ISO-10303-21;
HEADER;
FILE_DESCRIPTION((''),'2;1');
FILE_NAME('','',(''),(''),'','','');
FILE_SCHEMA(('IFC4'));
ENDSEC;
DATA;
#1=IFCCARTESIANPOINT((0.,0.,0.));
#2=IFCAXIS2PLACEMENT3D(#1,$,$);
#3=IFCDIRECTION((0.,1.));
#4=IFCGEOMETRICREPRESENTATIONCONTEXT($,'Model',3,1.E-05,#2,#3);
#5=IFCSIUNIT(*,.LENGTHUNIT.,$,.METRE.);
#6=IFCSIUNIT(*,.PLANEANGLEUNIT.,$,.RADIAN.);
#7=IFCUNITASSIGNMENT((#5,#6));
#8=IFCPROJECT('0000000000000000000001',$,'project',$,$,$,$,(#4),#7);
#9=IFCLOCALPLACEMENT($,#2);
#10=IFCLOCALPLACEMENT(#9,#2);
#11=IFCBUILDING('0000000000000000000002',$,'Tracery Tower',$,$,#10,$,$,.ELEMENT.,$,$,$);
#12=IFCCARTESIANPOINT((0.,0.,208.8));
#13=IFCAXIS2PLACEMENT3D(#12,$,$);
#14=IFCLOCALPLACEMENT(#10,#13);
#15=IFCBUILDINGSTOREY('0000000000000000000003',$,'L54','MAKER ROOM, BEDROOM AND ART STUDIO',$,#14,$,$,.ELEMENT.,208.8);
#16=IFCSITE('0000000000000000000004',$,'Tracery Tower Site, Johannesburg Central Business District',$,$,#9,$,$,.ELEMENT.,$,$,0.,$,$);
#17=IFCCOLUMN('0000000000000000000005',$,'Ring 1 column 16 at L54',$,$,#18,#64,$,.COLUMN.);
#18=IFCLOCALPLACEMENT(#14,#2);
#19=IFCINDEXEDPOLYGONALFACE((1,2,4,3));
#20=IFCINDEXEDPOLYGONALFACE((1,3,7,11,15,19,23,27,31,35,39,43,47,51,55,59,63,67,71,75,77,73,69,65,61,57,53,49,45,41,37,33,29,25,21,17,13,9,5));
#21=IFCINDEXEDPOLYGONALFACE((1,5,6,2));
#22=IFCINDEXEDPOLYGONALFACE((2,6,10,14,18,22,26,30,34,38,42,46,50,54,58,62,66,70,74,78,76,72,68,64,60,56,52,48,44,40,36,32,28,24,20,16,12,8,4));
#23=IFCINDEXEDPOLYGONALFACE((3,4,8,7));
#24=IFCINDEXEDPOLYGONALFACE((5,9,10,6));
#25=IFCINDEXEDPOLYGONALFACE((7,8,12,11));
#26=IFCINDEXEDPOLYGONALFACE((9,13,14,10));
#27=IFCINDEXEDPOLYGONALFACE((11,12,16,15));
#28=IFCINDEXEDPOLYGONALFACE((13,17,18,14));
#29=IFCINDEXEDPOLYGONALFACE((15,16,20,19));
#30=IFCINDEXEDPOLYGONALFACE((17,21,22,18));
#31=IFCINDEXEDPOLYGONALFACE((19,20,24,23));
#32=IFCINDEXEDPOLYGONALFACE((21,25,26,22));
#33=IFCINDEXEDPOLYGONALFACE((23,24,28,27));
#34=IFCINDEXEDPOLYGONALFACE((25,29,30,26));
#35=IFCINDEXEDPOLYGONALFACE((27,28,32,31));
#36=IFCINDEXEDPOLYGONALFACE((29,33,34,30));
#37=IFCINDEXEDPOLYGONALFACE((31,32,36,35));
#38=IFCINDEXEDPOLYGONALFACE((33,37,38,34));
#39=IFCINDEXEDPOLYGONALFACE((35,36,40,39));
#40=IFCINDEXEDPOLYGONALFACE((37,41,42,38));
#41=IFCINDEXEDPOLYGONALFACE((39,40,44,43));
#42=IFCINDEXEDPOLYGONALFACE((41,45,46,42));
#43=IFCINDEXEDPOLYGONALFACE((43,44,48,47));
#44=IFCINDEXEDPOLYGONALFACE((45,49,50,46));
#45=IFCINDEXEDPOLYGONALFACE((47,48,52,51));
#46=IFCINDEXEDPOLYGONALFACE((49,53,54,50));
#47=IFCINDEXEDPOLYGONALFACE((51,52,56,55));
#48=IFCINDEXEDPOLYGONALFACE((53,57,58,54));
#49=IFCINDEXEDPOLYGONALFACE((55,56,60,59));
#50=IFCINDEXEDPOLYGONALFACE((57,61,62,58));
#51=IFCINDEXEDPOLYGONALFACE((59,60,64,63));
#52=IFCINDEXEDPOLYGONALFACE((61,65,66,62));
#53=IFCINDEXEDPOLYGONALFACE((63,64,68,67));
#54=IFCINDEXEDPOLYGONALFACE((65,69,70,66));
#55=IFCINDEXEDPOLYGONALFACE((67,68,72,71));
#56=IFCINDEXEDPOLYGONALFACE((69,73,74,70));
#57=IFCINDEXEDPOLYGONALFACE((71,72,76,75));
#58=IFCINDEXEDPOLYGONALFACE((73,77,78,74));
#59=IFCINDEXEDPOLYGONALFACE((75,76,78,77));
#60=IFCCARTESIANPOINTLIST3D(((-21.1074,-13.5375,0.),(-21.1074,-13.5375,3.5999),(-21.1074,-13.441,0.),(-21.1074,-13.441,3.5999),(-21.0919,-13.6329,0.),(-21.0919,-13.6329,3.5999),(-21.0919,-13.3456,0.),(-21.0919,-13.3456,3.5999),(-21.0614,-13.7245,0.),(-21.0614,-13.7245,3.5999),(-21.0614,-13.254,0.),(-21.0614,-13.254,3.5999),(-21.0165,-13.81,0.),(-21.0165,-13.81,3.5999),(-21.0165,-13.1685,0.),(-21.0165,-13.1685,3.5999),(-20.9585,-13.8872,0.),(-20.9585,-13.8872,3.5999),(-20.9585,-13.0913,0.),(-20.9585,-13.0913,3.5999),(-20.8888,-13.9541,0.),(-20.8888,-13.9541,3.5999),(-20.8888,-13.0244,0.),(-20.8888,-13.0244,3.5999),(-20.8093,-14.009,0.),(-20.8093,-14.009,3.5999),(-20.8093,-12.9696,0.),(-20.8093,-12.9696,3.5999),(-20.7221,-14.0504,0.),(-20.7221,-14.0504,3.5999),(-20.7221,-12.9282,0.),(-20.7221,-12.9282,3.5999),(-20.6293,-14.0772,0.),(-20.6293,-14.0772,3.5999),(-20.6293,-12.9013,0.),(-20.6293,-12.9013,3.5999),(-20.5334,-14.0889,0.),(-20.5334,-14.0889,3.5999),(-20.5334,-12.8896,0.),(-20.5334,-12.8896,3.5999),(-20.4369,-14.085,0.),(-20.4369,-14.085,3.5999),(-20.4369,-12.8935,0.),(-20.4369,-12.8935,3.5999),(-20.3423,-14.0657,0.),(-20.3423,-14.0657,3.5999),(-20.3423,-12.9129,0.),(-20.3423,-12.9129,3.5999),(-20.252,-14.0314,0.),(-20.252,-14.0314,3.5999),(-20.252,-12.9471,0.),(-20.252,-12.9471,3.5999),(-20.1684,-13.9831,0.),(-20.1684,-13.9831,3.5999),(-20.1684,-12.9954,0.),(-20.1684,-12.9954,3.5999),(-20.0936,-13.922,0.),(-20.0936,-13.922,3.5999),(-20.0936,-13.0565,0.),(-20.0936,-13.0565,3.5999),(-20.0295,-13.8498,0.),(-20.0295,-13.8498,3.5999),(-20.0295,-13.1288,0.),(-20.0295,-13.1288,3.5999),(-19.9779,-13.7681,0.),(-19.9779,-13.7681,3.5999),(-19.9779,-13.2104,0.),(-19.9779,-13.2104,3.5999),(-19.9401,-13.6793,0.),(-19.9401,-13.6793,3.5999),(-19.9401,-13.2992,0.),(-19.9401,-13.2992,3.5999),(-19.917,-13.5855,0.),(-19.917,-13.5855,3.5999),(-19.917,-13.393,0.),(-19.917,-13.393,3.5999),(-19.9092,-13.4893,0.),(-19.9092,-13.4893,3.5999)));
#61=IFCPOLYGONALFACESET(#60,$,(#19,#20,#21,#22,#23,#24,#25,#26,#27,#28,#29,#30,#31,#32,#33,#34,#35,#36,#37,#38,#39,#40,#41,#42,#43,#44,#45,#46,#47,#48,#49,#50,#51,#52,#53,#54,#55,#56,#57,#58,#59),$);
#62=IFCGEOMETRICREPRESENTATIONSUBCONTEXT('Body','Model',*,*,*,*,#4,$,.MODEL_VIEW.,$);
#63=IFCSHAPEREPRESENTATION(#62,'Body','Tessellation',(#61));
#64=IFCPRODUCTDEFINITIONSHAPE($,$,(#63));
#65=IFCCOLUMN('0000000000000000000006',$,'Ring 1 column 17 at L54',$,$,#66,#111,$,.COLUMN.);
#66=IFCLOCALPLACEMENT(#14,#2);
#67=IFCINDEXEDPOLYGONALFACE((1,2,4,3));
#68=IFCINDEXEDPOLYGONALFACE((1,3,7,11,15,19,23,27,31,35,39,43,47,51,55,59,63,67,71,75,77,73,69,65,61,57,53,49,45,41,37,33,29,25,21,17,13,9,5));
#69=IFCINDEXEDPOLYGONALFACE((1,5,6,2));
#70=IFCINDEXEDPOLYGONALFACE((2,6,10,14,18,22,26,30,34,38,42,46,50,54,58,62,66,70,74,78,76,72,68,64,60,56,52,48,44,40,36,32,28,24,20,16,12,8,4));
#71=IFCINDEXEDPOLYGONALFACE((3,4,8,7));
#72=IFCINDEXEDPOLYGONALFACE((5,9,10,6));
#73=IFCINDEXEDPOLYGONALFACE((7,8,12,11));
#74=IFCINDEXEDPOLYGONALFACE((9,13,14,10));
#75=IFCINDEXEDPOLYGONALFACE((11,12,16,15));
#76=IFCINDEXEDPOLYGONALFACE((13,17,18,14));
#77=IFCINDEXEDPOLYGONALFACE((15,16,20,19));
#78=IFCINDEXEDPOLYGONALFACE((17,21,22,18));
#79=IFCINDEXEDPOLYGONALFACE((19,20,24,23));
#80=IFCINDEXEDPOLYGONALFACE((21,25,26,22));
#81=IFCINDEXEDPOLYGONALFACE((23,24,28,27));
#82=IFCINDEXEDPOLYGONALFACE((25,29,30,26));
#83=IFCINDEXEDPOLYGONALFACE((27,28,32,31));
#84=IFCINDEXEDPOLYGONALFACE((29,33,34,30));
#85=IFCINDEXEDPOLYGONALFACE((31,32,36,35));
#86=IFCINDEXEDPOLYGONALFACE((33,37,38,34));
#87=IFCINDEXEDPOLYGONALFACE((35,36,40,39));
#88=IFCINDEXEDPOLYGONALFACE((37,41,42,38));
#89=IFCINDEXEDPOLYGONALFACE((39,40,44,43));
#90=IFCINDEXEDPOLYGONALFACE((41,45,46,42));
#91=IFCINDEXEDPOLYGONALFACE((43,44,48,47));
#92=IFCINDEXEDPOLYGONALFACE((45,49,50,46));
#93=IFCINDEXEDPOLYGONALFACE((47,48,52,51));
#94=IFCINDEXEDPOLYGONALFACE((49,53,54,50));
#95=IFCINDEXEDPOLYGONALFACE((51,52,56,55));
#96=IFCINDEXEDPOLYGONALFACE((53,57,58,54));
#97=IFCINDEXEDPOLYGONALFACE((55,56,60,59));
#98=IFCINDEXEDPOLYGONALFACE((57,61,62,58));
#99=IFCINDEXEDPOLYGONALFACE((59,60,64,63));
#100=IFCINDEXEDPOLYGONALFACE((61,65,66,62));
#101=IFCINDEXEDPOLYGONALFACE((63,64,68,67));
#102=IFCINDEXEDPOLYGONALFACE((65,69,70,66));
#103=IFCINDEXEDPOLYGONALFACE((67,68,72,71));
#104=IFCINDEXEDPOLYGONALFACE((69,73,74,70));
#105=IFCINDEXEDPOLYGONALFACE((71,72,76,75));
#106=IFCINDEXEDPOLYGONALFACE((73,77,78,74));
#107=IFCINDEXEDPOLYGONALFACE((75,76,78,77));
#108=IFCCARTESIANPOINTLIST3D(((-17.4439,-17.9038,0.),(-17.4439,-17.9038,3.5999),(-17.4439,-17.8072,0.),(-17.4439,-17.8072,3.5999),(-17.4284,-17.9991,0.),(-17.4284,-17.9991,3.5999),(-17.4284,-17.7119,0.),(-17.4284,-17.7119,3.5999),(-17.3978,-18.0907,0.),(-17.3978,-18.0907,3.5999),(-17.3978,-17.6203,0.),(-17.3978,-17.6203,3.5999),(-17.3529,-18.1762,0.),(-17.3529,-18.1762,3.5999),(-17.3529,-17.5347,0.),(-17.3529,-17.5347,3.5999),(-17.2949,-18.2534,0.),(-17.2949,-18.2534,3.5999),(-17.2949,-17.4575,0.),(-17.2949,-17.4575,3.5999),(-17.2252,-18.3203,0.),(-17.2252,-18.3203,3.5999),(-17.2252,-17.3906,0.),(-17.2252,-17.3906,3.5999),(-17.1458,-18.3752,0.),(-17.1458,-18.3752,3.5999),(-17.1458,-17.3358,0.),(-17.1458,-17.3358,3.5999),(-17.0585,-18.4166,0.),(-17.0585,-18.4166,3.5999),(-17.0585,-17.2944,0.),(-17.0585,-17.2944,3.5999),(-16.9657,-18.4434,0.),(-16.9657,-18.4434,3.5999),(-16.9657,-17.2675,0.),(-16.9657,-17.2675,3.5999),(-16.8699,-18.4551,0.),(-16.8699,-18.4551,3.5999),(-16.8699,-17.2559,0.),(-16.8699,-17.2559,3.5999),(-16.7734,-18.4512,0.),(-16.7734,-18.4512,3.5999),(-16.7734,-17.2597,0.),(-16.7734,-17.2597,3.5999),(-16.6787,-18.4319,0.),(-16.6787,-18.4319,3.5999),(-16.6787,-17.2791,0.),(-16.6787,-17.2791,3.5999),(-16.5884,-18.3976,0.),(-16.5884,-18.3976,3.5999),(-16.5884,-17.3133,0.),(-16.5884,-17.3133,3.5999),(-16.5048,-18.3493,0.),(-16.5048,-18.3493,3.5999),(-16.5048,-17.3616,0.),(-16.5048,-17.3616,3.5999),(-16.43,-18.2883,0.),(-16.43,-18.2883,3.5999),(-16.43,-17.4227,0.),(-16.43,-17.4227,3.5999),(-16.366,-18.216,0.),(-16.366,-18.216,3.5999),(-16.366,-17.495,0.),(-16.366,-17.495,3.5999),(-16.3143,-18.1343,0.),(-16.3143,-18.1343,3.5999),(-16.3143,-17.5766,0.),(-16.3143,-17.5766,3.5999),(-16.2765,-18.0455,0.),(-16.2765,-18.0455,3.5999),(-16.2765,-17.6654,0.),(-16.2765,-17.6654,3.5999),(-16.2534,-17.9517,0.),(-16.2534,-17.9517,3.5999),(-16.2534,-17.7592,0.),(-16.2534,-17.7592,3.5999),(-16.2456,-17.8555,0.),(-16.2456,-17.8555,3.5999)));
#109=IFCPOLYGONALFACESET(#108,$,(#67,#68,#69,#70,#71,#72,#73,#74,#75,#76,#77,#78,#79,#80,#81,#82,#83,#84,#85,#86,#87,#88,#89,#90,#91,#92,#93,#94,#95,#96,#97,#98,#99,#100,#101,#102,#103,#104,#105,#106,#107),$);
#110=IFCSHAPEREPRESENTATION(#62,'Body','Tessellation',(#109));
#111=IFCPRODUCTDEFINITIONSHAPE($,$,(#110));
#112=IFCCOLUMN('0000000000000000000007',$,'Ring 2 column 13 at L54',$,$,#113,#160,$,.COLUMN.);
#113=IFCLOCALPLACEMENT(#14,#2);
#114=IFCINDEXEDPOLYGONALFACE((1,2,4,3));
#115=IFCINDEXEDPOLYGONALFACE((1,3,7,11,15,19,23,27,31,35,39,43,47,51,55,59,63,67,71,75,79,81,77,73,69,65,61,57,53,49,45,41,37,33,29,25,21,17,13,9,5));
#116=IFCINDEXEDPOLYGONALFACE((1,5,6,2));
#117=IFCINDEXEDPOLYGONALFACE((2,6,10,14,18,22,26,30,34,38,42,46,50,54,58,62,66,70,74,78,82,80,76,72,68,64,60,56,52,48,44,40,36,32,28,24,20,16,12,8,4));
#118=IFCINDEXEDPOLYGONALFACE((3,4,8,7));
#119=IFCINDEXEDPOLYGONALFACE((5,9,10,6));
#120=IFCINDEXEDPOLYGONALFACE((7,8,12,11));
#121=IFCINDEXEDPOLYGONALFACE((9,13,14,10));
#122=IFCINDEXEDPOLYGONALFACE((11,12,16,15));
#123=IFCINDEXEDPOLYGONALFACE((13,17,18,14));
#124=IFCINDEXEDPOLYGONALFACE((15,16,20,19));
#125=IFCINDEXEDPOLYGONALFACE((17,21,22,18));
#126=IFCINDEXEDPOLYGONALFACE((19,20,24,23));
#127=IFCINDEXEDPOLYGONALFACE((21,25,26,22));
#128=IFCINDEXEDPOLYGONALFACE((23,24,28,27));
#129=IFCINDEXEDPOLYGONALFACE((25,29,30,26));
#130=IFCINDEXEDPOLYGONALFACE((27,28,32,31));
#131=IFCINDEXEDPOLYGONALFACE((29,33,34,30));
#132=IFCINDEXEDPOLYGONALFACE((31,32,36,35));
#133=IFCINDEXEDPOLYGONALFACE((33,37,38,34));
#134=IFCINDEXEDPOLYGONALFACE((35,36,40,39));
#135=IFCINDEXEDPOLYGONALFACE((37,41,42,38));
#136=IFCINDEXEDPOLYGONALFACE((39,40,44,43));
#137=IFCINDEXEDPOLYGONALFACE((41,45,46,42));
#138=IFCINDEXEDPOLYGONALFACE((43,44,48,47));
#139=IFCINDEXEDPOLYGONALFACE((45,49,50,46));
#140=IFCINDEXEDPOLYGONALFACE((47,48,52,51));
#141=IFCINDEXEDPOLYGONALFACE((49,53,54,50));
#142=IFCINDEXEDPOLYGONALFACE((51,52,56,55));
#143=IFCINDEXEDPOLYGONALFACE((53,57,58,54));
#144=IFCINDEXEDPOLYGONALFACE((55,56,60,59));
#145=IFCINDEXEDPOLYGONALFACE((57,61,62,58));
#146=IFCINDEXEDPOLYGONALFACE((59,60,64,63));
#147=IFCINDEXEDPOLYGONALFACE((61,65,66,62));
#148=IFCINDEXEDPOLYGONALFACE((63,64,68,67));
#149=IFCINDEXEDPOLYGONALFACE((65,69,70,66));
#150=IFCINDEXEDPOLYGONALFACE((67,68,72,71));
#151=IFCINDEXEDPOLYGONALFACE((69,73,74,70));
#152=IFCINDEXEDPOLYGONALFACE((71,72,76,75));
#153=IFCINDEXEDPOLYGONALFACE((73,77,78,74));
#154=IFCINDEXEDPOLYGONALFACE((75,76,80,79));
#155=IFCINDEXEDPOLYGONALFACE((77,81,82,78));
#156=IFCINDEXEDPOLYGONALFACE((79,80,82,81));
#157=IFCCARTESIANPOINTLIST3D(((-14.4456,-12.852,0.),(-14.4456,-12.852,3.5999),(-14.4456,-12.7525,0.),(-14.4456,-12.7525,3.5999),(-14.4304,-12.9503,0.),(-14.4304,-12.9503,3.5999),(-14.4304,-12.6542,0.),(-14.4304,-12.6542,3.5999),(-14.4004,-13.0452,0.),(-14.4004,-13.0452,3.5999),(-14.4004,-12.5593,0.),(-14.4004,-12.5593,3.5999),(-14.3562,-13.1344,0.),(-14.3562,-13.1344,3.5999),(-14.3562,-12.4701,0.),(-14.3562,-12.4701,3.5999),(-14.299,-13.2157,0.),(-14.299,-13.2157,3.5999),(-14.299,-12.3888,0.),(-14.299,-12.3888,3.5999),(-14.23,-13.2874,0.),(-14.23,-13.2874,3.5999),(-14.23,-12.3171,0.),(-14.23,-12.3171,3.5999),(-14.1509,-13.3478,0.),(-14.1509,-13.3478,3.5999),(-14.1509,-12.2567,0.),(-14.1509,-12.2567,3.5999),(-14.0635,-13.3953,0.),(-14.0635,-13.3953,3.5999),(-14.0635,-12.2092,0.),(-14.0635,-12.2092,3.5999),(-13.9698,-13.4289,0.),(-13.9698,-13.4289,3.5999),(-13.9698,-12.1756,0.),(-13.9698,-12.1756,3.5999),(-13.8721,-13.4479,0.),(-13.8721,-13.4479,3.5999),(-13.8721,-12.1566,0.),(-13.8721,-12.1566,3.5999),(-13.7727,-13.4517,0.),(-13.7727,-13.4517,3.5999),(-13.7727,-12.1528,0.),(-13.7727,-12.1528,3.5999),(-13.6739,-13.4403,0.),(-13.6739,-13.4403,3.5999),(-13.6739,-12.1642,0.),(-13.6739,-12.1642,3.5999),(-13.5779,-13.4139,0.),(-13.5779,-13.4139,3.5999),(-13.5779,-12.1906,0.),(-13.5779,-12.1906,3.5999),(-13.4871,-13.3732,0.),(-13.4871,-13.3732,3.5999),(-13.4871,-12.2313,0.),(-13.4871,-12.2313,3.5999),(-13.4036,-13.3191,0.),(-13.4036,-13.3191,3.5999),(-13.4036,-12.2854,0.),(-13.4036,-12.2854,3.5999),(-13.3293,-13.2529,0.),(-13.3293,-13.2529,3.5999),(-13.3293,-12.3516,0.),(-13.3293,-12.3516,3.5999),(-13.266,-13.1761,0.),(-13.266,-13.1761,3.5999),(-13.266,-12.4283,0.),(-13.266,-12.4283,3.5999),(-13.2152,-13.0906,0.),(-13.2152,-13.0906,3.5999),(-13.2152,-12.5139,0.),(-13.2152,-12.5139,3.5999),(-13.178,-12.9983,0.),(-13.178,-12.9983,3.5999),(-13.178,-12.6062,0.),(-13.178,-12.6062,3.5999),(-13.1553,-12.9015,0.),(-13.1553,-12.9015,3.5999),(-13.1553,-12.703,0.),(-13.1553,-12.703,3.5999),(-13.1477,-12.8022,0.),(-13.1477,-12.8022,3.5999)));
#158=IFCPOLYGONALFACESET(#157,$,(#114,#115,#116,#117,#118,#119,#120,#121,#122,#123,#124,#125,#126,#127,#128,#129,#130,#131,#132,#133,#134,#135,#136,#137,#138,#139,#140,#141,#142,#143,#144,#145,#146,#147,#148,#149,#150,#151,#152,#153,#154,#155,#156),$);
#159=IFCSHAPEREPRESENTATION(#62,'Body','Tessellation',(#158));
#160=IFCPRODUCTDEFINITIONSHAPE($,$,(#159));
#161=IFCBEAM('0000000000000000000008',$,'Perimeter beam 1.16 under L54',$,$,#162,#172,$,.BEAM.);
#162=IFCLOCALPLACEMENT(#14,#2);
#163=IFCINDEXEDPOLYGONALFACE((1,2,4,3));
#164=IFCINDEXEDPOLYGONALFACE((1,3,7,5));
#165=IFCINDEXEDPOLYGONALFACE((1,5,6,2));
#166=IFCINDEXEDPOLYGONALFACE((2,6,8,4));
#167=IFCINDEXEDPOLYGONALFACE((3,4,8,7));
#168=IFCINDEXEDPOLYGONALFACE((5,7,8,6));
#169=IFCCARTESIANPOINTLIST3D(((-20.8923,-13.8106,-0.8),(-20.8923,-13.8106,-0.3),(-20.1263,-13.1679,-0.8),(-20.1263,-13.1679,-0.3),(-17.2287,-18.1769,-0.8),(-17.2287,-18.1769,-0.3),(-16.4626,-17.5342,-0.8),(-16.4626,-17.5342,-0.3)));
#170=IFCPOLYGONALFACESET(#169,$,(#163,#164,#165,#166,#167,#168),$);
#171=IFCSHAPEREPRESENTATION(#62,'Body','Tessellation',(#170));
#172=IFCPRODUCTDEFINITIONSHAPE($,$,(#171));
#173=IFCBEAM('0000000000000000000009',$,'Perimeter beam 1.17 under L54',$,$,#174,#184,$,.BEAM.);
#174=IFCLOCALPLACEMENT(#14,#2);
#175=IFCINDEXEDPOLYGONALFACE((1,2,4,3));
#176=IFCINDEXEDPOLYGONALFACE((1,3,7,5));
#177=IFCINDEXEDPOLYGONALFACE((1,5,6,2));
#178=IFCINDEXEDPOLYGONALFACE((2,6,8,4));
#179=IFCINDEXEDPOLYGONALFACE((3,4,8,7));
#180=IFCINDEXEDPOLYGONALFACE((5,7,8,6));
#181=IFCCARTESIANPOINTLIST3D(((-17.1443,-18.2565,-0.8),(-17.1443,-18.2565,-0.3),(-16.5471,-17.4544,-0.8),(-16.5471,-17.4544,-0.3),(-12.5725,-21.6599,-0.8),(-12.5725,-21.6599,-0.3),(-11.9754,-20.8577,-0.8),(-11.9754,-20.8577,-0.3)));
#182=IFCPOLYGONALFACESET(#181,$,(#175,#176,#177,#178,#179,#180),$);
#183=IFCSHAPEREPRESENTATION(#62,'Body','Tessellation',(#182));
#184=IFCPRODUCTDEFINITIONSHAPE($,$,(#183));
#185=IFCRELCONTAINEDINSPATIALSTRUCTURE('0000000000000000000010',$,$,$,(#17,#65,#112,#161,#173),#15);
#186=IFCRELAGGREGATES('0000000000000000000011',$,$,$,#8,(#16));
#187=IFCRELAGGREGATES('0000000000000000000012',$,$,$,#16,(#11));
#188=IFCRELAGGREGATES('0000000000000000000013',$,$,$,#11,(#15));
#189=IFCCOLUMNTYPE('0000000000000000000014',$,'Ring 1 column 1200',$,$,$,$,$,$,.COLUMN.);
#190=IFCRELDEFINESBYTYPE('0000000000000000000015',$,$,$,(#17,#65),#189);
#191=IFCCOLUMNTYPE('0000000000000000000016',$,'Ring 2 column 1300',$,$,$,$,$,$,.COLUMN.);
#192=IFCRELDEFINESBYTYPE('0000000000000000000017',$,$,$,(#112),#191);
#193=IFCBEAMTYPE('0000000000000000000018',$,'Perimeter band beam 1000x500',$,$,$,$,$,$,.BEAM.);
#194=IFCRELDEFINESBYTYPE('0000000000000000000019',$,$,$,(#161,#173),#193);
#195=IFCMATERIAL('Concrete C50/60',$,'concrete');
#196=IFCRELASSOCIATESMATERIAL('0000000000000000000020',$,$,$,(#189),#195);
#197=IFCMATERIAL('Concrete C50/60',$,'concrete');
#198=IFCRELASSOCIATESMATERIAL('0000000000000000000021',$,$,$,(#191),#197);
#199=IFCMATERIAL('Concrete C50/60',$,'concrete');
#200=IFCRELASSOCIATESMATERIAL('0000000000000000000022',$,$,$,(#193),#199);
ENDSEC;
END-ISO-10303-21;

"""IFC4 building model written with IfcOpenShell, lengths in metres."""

from ifc_helpers import new_model, si_unit, direction, frame, origin, origin_2d, place, context, subcontext, project, spatial, rectangle, circle, extrude, material, material_profile, profile_set, type_object, element, save


model = new_model("IFC4")

# Units and contexts
model_context = context("Model", 3, precision=1e-05, world=origin(), true_north=direction((0.0, 1.0)))
body_context = subcontext(model_context, "Body", "Model", "MODEL_VIEW")
ifc_project = project(units=[si_unit("LENGTHUNIT", "METRE"), si_unit("PLANEANGLEUNIT", "RADIAN")], contexts=[model_context])

# Site, building, storey
site_placement = place(None, origin())
site = spatial("IfcSite", under=ifc_project, at=site_placement, Name="Tracery Tower Site, Johannesburg Central Business District", CompositionType="ELEMENT", RefElevation=0.0)
building_placement = place(site_placement, origin())
building = spatial("IfcBuilding", under=site, at=building_placement, Name="Tracery Tower", CompositionType="ELEMENT")
storey_placement = place(building_placement, frame((0.0, 0.0, 208.8)))
storey = spatial("IfcBuildingStorey", under=building, at=storey_placement, Name="L54", Description="MAKER ROOM, BEDROOM AND ART STUDIO", CompositionType="ELEMENT", Elevation=208.8)

# Columns
ifc_material_1 = material(Name="Concrete C50/60", Category="concrete")
ifc_material_profile_1 = material_profile(ifc_material_1, circle(Radius=0.6001, at=origin_2d()), Name="RC D1200")
ifc_profile_set_1 = profile_set([ifc_material_profile_1], Name="Concrete C50/60")
column_type_1 = type_object("IfcColumnType", Name="Ring 1 column 1200", PredefinedType="COLUMN", material=ifc_profile_set_1)
for number, where, z_axis, x_axis, name in (
    (1, (-20.5093, -13.4893, 0.0), (0.0, 0.0, 1.0), (1.0, 0.0, 0.0), "Ring 1 column 16 at L54"),
    (2, (-16.8457, -17.8555, 0.0), (0.0, 0.0, 1.0), (1.0, 0.0, 0.0), "Ring 1 column 17 at L54"),
):
    element("IfcColumn", number, at=place(storey_placement, frame(where, z_axis=z_axis, x_axis=x_axis)), inside=storey, type_object=column_type_1, Name=name, PredefinedType="COLUMN", context=body_context, shape_type="SweptSolid", body=[
        extrude(circle(Radius=0.6001, at=origin_2d()), origin(), (0.0, 0.0, 1.0), 3.5999),
    ])
ifc_material_2 = material(Name="Concrete C50/60", Category="concrete")
ifc_material_profile_2 = material_profile(ifc_material_2, circle(Radius=0.6499, at=origin_2d()), Name="RC D1300")
ifc_profile_set_2 = profile_set([ifc_material_profile_2], Name="Concrete C50/60")
column_type_2 = type_object("IfcColumnType", Name="Ring 2 column 1300", PredefinedType="COLUMN", material=ifc_profile_set_2)
column_placement = place(storey_placement, frame((-13.7976, -12.8022, 0.0), z_axis=(0.0, 0.0, 1.0), x_axis=(1.0, 0.0, 0.0)))
element("IfcColumn", 3, at=column_placement, inside=storey, type_object=column_type_2, Name="Ring 2 column 13 at L54", PredefinedType="COLUMN", context=body_context, shape_type="SweptSolid", body=[
    extrude(circle(Radius=0.6499, at=origin_2d()), origin(), (0.0, 0.0, 1.0), 3.5999),
])

# Beams
ifc_material_3 = material(Name="Concrete C50/60", Category="concrete")
ifc_material_profile_3 = material_profile(ifc_material_3, rectangle(XDim=1.0, YDim=0.5, at=origin_2d()), Name="RC 1000x500")
ifc_profile_set_3 = profile_set([ifc_material_profile_3], Name="Concrete C50/60")
beam_type = type_object("IfcBeamType", Name="Perimeter band beam 1000x500", PredefinedType="BEAM", material=ifc_profile_set_3)
beam_1_placement = place(storey_placement, frame((-20.5093, -13.4893, -0.55), z_axis=(0.642776, -0.766054, 0.0), x_axis=(0.766054, 0.642776, 0.0)))
element("IfcBeam", 4, at=beam_1_placement, inside=storey, type_object=beam_type, Name="Perimeter beam 1.16 under L54", PredefinedType="BEAM", context=body_context, shape_type="SweptSolid", body=[
    extrude(rectangle(XDim=1.0, YDim=0.5, at=origin_2d()), origin(), (0.0, 0.0, 1.0), 5.6997),
])
beam_2_placement = place(storey_placement, frame((-16.8457, -17.8555, -0.55), z_axis=(0.802144, -0.597131, 0.0), x_axis=(0.597131, 0.802144, 0.0)))
element("IfcBeam", 5, at=beam_2_placement, inside=storey, type_object=beam_type, Name="Perimeter beam 1.17 under L54", PredefinedType="BEAM", context=body_context, shape_type="SweptSolid", body=[
    extrude(rectangle(XDim=1.0, YDim=0.5, at=origin_2d()), origin(), (0.0, 0.0, 1.0), 5.6995),
])

save(model, "model.ifc")
